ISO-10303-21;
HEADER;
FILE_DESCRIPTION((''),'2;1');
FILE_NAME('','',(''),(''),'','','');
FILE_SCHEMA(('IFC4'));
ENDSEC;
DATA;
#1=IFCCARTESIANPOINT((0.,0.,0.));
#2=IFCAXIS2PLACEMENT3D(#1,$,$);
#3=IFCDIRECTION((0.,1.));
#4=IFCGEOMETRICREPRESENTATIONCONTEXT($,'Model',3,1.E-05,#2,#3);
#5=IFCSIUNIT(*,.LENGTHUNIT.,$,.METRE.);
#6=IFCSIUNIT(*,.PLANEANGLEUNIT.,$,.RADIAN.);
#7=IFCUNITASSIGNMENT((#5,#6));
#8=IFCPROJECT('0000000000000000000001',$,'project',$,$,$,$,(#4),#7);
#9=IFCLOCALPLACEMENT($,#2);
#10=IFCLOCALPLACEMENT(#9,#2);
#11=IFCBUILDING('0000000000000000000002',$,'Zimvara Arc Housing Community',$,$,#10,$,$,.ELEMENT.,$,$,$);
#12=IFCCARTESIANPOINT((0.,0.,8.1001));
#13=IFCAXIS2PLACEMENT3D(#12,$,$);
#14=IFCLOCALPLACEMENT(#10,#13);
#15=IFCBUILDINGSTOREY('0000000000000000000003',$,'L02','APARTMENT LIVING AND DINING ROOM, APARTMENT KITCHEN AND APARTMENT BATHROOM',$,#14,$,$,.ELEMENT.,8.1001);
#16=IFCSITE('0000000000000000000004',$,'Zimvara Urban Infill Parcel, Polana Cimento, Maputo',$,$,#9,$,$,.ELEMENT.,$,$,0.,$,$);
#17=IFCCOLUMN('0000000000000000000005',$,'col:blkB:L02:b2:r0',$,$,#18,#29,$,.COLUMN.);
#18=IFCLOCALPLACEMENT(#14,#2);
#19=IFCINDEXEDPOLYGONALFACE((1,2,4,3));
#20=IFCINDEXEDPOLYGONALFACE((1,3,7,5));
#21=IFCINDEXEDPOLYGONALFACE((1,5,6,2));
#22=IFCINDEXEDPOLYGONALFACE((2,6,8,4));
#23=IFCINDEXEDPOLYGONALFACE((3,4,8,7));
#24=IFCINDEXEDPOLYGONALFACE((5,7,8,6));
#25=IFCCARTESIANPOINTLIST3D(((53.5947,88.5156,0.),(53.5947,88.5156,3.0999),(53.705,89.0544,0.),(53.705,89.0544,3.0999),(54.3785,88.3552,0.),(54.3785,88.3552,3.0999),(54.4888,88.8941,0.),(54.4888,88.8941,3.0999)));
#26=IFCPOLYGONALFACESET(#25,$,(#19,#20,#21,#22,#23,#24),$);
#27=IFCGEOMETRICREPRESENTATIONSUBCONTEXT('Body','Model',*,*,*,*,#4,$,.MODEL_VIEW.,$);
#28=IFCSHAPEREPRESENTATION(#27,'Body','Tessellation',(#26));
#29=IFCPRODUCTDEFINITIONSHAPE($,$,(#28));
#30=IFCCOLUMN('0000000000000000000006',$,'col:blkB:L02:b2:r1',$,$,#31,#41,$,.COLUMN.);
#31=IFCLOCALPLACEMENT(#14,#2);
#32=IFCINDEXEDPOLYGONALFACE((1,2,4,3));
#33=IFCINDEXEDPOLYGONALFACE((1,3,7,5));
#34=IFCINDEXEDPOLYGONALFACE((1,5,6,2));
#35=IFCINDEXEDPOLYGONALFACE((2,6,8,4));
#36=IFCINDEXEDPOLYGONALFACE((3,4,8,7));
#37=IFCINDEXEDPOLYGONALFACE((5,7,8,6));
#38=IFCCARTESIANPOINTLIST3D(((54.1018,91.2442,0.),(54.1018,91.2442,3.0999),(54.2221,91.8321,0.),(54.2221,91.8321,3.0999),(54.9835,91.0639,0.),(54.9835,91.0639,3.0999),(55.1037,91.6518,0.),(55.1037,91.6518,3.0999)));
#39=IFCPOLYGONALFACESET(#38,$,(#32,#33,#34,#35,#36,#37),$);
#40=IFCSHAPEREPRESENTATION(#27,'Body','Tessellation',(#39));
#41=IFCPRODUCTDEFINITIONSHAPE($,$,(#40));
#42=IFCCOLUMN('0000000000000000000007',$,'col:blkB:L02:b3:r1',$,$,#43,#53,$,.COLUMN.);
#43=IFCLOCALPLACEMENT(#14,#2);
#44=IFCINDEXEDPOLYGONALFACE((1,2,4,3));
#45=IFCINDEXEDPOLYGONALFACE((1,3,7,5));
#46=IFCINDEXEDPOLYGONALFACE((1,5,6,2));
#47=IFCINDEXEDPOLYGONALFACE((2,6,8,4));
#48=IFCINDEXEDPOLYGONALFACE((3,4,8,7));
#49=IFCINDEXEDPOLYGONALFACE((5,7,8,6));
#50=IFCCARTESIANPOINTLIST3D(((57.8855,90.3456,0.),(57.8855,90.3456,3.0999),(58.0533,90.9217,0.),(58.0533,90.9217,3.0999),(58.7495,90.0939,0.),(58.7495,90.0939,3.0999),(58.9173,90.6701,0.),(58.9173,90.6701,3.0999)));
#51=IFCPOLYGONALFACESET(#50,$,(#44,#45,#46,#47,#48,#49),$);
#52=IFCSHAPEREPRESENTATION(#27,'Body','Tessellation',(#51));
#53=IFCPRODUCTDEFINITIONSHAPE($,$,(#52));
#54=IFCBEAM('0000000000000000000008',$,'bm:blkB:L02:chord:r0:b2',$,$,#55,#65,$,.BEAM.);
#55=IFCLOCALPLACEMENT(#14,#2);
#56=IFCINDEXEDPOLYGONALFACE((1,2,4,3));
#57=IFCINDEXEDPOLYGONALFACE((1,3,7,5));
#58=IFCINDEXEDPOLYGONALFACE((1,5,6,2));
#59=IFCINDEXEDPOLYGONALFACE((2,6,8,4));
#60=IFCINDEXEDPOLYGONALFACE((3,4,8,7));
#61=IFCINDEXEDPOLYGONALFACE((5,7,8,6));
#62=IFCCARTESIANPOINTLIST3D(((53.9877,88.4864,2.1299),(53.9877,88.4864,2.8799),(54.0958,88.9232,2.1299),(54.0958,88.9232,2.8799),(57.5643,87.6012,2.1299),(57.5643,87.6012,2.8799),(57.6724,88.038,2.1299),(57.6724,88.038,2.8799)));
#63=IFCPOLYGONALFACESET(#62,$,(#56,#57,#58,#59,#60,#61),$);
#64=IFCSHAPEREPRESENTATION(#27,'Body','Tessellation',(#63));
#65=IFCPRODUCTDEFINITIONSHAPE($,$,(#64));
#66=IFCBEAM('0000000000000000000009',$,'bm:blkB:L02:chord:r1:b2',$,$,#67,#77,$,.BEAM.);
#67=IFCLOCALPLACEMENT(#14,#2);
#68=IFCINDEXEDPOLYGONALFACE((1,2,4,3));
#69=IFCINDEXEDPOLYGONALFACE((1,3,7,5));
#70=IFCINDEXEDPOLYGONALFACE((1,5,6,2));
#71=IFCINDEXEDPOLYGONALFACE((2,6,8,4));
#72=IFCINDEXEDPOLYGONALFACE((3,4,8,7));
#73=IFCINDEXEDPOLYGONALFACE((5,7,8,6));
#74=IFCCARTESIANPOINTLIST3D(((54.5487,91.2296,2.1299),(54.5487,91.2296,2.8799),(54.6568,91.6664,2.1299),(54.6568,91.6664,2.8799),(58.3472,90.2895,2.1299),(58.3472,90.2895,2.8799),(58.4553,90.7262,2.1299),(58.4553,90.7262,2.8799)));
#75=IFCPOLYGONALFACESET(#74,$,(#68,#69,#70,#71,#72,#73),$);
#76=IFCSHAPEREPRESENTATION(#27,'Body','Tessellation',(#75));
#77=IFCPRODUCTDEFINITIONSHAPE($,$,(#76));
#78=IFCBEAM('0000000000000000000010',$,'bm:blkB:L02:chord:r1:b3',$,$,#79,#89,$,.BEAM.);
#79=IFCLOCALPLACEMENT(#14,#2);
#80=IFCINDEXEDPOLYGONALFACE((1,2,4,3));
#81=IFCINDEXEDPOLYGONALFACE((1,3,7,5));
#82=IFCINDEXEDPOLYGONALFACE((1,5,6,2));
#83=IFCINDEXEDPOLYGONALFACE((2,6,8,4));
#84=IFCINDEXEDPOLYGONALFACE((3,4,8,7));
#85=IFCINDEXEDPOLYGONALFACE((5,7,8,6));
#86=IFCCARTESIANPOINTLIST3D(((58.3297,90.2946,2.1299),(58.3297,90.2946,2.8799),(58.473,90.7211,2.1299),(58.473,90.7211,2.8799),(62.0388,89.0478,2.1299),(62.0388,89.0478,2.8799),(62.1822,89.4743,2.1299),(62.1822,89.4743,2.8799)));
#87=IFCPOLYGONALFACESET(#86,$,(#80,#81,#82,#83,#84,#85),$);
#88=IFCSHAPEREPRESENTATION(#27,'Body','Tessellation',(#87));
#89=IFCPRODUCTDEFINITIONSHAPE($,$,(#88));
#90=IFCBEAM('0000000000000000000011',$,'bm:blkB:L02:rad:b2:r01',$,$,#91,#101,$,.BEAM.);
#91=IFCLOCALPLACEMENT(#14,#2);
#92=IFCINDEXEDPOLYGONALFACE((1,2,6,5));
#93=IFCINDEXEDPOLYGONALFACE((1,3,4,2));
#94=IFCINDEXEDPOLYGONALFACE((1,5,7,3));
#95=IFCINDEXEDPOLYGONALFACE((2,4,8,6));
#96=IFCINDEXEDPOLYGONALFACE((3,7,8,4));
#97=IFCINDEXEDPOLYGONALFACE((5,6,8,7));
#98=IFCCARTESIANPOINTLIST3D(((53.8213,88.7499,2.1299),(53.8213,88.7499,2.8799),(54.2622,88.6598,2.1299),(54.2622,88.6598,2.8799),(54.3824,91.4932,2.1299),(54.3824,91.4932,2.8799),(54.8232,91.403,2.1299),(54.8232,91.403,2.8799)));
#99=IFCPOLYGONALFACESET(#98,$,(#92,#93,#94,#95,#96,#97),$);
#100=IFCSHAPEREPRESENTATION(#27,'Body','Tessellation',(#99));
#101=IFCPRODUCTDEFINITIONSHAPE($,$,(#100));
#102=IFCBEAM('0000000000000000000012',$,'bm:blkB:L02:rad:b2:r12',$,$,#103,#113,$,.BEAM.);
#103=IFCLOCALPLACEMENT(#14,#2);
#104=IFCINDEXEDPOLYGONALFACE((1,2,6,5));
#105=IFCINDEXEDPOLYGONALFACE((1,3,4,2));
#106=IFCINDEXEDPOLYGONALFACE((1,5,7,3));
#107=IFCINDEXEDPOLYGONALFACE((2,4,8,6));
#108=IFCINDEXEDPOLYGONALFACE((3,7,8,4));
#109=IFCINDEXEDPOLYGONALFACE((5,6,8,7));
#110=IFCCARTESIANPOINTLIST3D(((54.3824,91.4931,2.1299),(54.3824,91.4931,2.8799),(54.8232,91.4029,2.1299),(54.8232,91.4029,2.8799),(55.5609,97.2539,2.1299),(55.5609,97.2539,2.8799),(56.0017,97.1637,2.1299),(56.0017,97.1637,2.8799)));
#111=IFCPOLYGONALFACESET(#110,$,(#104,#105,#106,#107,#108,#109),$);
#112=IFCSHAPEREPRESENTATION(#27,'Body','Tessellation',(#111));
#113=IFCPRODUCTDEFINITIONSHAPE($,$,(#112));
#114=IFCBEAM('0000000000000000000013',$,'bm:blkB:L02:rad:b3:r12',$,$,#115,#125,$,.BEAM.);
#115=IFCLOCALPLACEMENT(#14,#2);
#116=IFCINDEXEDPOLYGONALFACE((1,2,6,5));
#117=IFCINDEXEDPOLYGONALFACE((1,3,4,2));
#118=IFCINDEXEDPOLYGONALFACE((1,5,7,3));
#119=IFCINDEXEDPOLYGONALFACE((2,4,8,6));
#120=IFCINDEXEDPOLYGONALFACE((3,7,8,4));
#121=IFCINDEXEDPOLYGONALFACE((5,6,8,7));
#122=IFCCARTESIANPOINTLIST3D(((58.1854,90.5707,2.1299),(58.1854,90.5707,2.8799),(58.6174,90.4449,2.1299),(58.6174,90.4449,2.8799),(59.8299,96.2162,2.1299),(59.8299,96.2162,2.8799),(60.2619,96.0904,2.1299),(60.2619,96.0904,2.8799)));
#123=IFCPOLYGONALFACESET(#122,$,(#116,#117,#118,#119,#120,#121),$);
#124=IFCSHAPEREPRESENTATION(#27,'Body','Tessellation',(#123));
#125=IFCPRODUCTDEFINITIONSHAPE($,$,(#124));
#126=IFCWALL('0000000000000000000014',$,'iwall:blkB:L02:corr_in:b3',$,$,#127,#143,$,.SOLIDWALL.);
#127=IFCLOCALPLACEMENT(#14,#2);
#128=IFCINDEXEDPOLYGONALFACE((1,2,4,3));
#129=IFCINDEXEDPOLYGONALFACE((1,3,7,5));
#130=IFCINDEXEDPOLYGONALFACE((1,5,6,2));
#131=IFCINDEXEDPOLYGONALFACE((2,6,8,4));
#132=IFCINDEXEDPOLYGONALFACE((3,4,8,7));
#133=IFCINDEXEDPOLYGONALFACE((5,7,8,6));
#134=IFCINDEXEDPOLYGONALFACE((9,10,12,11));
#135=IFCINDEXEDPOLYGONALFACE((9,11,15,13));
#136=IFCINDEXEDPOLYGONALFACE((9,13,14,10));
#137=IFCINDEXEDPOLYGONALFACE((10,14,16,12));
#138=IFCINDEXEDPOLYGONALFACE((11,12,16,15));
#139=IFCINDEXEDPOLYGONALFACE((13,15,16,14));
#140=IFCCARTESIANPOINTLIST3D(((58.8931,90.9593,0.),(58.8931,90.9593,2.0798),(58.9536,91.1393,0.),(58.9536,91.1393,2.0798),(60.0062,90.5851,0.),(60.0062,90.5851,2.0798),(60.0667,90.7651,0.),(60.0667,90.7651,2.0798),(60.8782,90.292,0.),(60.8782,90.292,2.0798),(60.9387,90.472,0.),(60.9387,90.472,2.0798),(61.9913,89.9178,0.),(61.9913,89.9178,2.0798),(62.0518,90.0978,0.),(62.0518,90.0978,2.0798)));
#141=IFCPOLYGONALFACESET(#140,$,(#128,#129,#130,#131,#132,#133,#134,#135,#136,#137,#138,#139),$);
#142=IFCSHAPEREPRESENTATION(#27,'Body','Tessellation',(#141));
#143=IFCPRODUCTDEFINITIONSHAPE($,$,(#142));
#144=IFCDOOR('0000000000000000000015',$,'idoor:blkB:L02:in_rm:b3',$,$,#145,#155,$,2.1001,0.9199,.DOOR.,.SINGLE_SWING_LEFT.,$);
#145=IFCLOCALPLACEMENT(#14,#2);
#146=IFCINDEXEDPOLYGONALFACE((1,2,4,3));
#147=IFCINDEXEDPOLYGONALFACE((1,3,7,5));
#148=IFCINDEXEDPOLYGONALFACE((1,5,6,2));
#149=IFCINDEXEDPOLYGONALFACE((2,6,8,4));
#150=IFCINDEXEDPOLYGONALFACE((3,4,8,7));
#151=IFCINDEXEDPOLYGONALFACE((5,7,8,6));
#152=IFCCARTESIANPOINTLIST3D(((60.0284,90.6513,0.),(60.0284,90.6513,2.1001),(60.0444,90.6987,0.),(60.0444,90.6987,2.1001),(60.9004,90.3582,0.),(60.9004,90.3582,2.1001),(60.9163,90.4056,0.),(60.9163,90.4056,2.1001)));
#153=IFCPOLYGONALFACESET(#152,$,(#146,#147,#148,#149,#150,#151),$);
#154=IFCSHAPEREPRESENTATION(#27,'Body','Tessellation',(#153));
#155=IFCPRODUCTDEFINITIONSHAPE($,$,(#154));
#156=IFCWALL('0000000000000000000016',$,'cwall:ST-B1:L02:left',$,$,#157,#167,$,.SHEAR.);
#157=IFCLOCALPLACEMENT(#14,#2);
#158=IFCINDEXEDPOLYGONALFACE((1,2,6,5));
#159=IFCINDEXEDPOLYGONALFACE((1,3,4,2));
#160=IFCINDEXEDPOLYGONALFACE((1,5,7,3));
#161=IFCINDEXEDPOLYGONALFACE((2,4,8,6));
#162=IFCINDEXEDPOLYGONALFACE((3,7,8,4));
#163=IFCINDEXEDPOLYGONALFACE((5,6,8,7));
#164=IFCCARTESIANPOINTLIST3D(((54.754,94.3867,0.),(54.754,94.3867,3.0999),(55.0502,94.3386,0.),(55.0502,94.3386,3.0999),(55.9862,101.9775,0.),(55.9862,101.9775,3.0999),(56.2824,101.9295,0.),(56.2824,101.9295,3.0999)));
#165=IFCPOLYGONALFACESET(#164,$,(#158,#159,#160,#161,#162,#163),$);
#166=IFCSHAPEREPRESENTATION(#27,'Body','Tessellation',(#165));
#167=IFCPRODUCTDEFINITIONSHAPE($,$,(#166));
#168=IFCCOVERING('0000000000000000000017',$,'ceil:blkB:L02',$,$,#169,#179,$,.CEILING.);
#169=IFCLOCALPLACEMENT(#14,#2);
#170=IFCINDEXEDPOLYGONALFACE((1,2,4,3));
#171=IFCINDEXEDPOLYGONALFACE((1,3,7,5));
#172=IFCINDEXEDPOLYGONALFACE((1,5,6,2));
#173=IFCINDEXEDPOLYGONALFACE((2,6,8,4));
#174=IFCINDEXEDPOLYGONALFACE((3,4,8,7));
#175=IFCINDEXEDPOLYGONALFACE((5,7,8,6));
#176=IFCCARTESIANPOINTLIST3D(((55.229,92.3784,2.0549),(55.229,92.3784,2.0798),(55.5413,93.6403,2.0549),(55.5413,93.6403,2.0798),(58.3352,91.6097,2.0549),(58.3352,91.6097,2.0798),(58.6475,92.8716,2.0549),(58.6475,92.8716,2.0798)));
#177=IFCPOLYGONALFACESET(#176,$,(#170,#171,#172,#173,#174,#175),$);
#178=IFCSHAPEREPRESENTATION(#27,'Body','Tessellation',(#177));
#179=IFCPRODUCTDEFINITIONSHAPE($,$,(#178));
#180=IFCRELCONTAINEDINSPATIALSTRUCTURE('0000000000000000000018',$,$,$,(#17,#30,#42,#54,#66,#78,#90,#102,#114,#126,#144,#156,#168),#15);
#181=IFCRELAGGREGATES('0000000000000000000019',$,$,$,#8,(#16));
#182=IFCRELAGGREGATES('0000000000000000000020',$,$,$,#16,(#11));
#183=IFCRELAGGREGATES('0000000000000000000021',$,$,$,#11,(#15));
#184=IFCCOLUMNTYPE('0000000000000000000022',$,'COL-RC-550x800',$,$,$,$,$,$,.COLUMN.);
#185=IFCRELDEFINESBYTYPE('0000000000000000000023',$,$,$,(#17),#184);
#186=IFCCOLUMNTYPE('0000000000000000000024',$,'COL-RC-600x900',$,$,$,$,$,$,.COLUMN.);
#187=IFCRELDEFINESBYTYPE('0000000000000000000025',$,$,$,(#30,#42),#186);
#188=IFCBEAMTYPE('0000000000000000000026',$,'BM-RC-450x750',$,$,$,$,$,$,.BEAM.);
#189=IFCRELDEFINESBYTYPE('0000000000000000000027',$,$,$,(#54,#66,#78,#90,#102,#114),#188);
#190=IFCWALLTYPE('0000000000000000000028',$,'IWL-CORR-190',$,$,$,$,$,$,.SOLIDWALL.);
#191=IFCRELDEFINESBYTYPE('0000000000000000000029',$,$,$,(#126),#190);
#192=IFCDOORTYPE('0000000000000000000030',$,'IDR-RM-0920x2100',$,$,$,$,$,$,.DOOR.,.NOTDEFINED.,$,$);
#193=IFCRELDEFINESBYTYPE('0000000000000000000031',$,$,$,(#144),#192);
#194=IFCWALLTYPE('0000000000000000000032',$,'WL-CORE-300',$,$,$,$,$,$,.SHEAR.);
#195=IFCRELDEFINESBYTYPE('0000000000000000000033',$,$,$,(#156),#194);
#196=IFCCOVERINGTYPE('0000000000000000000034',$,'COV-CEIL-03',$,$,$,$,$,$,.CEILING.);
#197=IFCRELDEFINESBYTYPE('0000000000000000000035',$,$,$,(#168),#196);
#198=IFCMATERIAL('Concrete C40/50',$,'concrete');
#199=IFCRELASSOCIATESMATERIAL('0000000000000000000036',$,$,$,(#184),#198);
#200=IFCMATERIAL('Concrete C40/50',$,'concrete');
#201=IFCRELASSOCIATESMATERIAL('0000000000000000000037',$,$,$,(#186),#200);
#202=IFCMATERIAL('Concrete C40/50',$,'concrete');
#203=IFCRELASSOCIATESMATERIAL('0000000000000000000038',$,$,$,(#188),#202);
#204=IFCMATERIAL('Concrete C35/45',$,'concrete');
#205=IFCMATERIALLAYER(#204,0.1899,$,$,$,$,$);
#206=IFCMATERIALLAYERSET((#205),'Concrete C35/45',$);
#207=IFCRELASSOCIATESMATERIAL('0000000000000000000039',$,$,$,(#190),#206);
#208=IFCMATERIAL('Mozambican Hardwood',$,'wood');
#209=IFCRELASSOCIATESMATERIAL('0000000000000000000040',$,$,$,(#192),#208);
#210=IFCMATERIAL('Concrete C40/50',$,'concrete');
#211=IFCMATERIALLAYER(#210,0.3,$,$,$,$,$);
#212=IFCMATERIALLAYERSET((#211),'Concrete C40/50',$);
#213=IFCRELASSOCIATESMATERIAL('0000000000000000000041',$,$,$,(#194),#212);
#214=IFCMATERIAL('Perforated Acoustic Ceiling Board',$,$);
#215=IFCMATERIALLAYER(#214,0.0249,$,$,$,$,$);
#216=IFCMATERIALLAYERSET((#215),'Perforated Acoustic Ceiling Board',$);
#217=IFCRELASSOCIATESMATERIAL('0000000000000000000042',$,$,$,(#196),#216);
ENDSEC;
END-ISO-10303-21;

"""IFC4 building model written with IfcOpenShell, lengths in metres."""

from ifc_helpers import new_model, si_unit, direction, frame, frame_2d, origin, origin_2d, place, context, subcontext, project, spatial, rectangle, extrude, material, layer, layer_set, material_profile, profile_set, type_object, element, fill, save


model = new_model("IFC4")

# Units and contexts
model_context = context("Model", 3, precision=1e-05, world=origin(), true_north=direction((0.0, 1.0)))
body_context = subcontext(model_context, "Body", "Model", "MODEL_VIEW")
ifc_project = project(units=[si_unit("LENGTHUNIT", "METRE"), si_unit("PLANEANGLEUNIT", "RADIAN")], contexts=[model_context])

# Site, building, storey
site_placement = place(None, origin())
site = spatial("IfcSite", under=ifc_project, at=site_placement, Name="Zimvara Urban Infill Parcel, Polana Cimento, Maputo", CompositionType="ELEMENT", RefElevation=0.0)
building_placement = place(site_placement, origin())
building = spatial("IfcBuilding", under=site, at=building_placement, Name="Zimvara Arc Housing Community", CompositionType="ELEMENT")
storey_placement = place(building_placement, frame((0.0, 0.0, 8.1001)))
storey = spatial("IfcBuildingStorey", under=building, at=storey_placement, Name="L02", Description="APARTMENT LIVING AND DINING ROOM, APARTMENT KITCHEN AND APARTMENT BATHROOM", CompositionType="ELEMENT", Elevation=8.1001)

# Columns
ifc_material_1 = material(Name="Concrete C40/50", Category="concrete")
ifc_material_profile_1 = material_profile(ifc_material_1, rectangle(XDim=0.55, YDim=0.8, at=origin_2d()), Name="RC 550x800")
ifc_profile_set_1 = profile_set([ifc_material_profile_1], Name="Concrete C40/50")
column_type_1 = type_object("IfcColumnType", Name="COL-RC-550x800", PredefinedType="COLUMN", material=ifc_profile_set_1)
column_placement = place(storey_placement, frame((54.0417, 88.7048, 0.0), z_axis=(0.0, 0.0, 1.0), x_axis=(0.200394, 0.979715, 0.0)))
element("IfcColumn", 1, at=column_placement, inside=storey, type_object=column_type_1, Name="col:blkB:L02:b2:r0", PredefinedType="COLUMN", context=body_context, shape_type="SweptSolid", body=[
    extrude(rectangle(XDim=0.55, YDim=0.8, at=origin_2d()), origin(), (0.0, 0.0, 1.0), 3.0999),
])
ifc_material_2 = material(Name="Concrete C40/50", Category="concrete")
ifc_material_profile_2 = material_profile(ifc_material_2, rectangle(XDim=0.6001, YDim=0.8999, at=origin_2d()), Name="RC 600x900")
ifc_profile_set_2 = profile_set([ifc_material_profile_2], Name="Concrete C40/50")
column_type_2 = type_object("IfcColumnType", Name="COL-RC-600x900", PredefinedType="COLUMN", material=ifc_profile_set_2)
for number, where, z_axis, x_axis, name in (
    (2, (54.6028, 91.448, 0.0), (0.0, 0.0, 1.0), (0.200394, 0.979715, 0.0), "col:blkB:L02:b2:r1"),
    (3, (58.4014, 90.5078, 0.0), (0.0, 0.0, 1.0), (0.279661, 0.960099, 0.0), "col:blkB:L02:b3:r1"),
):
    element("IfcColumn", number, at=place(storey_placement, frame(where, z_axis=z_axis, x_axis=x_axis)), inside=storey, type_object=column_type_2, Name=name, PredefinedType="COLUMN", context=body_context, shape_type="SweptSolid", body=[
        extrude(rectangle(XDim=0.6001, YDim=0.8999, at=origin_2d()), origin(), (0.0, 0.0, 1.0), 3.0999),
    ])

# Beams
ifc_material_3 = material(Name="Concrete C40/50", Category="concrete")
ifc_material_profile_3 = material_profile(ifc_material_3, rectangle(XDim=0.45, YDim=0.75, at=origin_2d()), Name="RC 450x750")
ifc_profile_set_3 = profile_set([ifc_material_profile_3], Name="Concrete C40/50")
beam_type = type_object("IfcBeamType", Name="BM-RC-450x750", PredefinedType="BEAM", material=ifc_profile_set_3)
beam_1_placement = place(storey_placement, frame((54.0417, 88.7048, 2.5049), z_axis=(0.970709, -0.240259, 0.0), x_axis=(0.240259, 0.970709, 0.0)))
element("IfcBeam", 4, at=beam_1_placement, inside=storey, type_object=beam_type, Name="bm:blkB:L02:chord:r0:b2", PredefinedType="BEAM", context=body_context, shape_type="SweptSolid", body=[
    extrude(rectangle(XDim=0.45, YDim=0.75, at=origin_2d()), origin(), (0.0, 0.0, 1.0), 3.6846),
])
for number, where, z_axis, x_axis, name in (
    (5, (54.6028, 91.448, 2.5049), (0.970709, -0.24026, 0.0), (0.24026, 0.970709, 0.0), "bm:blkB:L02:chord:r1:b2"),
    (6, (58.4014, 90.5078, 2.5049), (0.947882, -0.318623, 0.0), (0.318623, 0.947882, 0.0), "bm:blkB:L02:chord:r1:b3"),
):
    element("IfcBeam", number, at=place(storey_placement, frame(where, z_axis=z_axis, x_axis=x_axis)), inside=storey, type_object=beam_type, Name=name, PredefinedType="BEAM", context=body_context, shape_type="SweptSolid", body=[
        extrude(rectangle(XDim=0.45, YDim=0.75, at=origin_2d()), origin(), (0.0, 0.0, 1.0), 3.9131),
    ])
beam_2_placement = place(storey_placement, frame((54.0417, 88.7048, 2.5049), z_axis=(0.200373, 0.97972, 0.0), x_axis=(-0.97972, 0.200373, 0.0)))
element("IfcBeam", 7, at=beam_2_placement, inside=storey, type_object=beam_type, Name="bm:blkB:L02:rad:b2:r01", PredefinedType="BEAM", context=body_context, shape_type="SweptSolid", body=[
    extrude(rectangle(XDim=0.45, YDim=0.75, at=origin_2d()), origin(), (0.0, 0.0, 1.0), 2.8),
])
for number, where, z_axis, x_axis, name in (
    (8, (54.6028, 91.448, 2.5049), (0.200418, 0.97971, 0.0), (-0.97971, 0.200418, 0.0), "bm:blkB:L02:rad:b2:r12"),
    (9, (58.4014, 90.5078, 2.5049), (0.279675, 0.960095, 0.0), (-0.960095, 0.279675, 0.0), "bm:blkB:L02:rad:b3:r12"),
):
    element("IfcBeam", number, at=place(storey_placement, frame(where, z_axis=z_axis, x_axis=x_axis)), inside=storey, type_object=beam_type, Name=name, PredefinedType="BEAM", context=body_context, shape_type="SweptSolid", body=[
        extrude(rectangle(XDim=0.45, YDim=0.75, at=origin_2d()), origin(), (0.0, 0.0, 1.0), 5.8801),
    ])

# Wall, opening, door
ifc_material_4 = material(Name="Concrete C35/45", Category="concrete")
ifc_layer_1 = layer(ifc_material_4, 0.1899)
ifc_layer_set_1 = layer_set([ifc_layer_1], Name="Concrete C35/45")
wall_type_1 = type_object("IfcWallType", Name="IWL-CORR-190", PredefinedType="SOLIDWALL", material=ifc_layer_set_1)
wall_1_placement = place(storey_placement, frame((58.9233, 91.0493, 0.0), z_axis=(0.0, 0.0, 1.0), x_axis=(0.947874, -0.318647, 0.0)))
wall_1 = element("IfcWall", 10, at=wall_1_placement, inside=storey, type_object=wall_type_1, Name="iwall:blkB:L02:corr_in:b3", PredefinedType="SOLIDWALL", context=body_context, shape_type="SweptSolid", body=[
    extrude(rectangle(XDim=3.2686, YDim=0.1899, at=frame_2d((1.6343, 0.0))), origin(), (0.0, 0.0, 1.0), 2.0798),
])
opening_1_placement = place(wall_1_placement, frame((1.1743, 0.0, 0.0)))
opening_1 = element("IfcOpeningElement", 11, at=opening_1_placement, cuts=wall_1, PredefinedType="OPENING", context=body_context, shape_type="SweptSolid", body=[
    extrude(rectangle(XDim=0.9199, YDim=2.1001, at=frame_2d((0.46, 1.05))), frame((0.0, 0.105, 0.0), z_axis=(0.0, -1.0, 0.0), x_axis=(1.0, 0.0, 0.0)), (0.0, 0.0, 1.0), 0.21),
])
ifc_material_5 = material(Name="Mozambican Hardwood", Category="wood")
door_type_1 = type_object("IfcDoorType", Name="IDR-RM-0920x2100", OperationType="NOTDEFINED", PredefinedType="DOOR", material=ifc_material_5)
door_1_placement = place(opening_1_placement, origin())
door_1 = element("IfcDoor", 12, at=door_1_placement, inside=storey, type_object=door_type_1, Name="idoor:blkB:L02:in_rm:b3", OperationType="SINGLE_SWING_LEFT", OverallHeight=2.1001, OverallWidth=0.9199, PredefinedType="DOOR", context=body_context, shape_type="SweptSolid", body=[
    extrude(rectangle(XDim=0.9199, YDim=2.1001, at=frame_2d((0.46, 1.05))), frame((0.0, 0.0249, 0.0), z_axis=(0.0, -1.0, 0.0), x_axis=(1.0, 0.0, 0.0)), (0.0, 0.0, 1.0), 0.05),
])
fill(opening_1, door_1)
ifc_material_6 = material(Name="Concrete C40/50", Category="concrete")
ifc_layer_2 = layer(ifc_material_6, 0.3)
ifc_layer_set_2 = layer_set([ifc_layer_2], Name="Concrete C40/50")
wall_type_2 = type_object("IfcWallType", Name="WL-CORE-300", PredefinedType="SHEAR", material=ifc_layer_set_2)

# Wall
wall_2_placement = place(storey_placement, frame((54.9021, 94.3625, 0.0), z_axis=(0.0, 0.0, 1.0), x_axis=(0.160227, 0.98708, 0.0)))
element("IfcWall", 13, at=wall_2_placement, inside=storey, type_object=wall_type_2, Name="cwall:ST-B1:L02:left", PredefinedType="SHEAR", context=body_context, shape_type="SweptSolid", body=[
    extrude(rectangle(XDim=7.6902, YDim=0.3, at=frame_2d((3.8452, 0.0))), origin(), (0.0, 0.0, 1.0), 3.0999),
])

# Covering
ifc_material_7 = material(Name="Perforated Acoustic Ceiling Board")
ifc_layer_3 = layer(ifc_material_7, 0.0249)
ifc_layer_set_3 = layer_set([ifc_layer_3], Name="Perforated Acoustic Ceiling Board")
covering_type_1 = type_object("IfcCoveringType", Name="COV-CEIL-03", PredefinedType="CEILING", material=ifc_layer_set_3)
covering_1_placement = place(storey_placement, frame((56.9382, 92.625, 2.0549), z_axis=(0.0, 0.0, 1.0), x_axis=(0.240228, 0.970716, 0.0)))
element("IfcCovering", 14, at=covering_1_placement, inside=storey, type_object=covering_type_1, Name="ceil:blkB:L02", PredefinedType="CEILING", context=body_context, shape_type="SweptSolid", body=[
    extrude(rectangle(XDim=1.3, YDim=3.2, at=origin_2d()), origin(), (0.0, 0.0, 1.0), 0.0249),
])

save(model, "model.ifc")
